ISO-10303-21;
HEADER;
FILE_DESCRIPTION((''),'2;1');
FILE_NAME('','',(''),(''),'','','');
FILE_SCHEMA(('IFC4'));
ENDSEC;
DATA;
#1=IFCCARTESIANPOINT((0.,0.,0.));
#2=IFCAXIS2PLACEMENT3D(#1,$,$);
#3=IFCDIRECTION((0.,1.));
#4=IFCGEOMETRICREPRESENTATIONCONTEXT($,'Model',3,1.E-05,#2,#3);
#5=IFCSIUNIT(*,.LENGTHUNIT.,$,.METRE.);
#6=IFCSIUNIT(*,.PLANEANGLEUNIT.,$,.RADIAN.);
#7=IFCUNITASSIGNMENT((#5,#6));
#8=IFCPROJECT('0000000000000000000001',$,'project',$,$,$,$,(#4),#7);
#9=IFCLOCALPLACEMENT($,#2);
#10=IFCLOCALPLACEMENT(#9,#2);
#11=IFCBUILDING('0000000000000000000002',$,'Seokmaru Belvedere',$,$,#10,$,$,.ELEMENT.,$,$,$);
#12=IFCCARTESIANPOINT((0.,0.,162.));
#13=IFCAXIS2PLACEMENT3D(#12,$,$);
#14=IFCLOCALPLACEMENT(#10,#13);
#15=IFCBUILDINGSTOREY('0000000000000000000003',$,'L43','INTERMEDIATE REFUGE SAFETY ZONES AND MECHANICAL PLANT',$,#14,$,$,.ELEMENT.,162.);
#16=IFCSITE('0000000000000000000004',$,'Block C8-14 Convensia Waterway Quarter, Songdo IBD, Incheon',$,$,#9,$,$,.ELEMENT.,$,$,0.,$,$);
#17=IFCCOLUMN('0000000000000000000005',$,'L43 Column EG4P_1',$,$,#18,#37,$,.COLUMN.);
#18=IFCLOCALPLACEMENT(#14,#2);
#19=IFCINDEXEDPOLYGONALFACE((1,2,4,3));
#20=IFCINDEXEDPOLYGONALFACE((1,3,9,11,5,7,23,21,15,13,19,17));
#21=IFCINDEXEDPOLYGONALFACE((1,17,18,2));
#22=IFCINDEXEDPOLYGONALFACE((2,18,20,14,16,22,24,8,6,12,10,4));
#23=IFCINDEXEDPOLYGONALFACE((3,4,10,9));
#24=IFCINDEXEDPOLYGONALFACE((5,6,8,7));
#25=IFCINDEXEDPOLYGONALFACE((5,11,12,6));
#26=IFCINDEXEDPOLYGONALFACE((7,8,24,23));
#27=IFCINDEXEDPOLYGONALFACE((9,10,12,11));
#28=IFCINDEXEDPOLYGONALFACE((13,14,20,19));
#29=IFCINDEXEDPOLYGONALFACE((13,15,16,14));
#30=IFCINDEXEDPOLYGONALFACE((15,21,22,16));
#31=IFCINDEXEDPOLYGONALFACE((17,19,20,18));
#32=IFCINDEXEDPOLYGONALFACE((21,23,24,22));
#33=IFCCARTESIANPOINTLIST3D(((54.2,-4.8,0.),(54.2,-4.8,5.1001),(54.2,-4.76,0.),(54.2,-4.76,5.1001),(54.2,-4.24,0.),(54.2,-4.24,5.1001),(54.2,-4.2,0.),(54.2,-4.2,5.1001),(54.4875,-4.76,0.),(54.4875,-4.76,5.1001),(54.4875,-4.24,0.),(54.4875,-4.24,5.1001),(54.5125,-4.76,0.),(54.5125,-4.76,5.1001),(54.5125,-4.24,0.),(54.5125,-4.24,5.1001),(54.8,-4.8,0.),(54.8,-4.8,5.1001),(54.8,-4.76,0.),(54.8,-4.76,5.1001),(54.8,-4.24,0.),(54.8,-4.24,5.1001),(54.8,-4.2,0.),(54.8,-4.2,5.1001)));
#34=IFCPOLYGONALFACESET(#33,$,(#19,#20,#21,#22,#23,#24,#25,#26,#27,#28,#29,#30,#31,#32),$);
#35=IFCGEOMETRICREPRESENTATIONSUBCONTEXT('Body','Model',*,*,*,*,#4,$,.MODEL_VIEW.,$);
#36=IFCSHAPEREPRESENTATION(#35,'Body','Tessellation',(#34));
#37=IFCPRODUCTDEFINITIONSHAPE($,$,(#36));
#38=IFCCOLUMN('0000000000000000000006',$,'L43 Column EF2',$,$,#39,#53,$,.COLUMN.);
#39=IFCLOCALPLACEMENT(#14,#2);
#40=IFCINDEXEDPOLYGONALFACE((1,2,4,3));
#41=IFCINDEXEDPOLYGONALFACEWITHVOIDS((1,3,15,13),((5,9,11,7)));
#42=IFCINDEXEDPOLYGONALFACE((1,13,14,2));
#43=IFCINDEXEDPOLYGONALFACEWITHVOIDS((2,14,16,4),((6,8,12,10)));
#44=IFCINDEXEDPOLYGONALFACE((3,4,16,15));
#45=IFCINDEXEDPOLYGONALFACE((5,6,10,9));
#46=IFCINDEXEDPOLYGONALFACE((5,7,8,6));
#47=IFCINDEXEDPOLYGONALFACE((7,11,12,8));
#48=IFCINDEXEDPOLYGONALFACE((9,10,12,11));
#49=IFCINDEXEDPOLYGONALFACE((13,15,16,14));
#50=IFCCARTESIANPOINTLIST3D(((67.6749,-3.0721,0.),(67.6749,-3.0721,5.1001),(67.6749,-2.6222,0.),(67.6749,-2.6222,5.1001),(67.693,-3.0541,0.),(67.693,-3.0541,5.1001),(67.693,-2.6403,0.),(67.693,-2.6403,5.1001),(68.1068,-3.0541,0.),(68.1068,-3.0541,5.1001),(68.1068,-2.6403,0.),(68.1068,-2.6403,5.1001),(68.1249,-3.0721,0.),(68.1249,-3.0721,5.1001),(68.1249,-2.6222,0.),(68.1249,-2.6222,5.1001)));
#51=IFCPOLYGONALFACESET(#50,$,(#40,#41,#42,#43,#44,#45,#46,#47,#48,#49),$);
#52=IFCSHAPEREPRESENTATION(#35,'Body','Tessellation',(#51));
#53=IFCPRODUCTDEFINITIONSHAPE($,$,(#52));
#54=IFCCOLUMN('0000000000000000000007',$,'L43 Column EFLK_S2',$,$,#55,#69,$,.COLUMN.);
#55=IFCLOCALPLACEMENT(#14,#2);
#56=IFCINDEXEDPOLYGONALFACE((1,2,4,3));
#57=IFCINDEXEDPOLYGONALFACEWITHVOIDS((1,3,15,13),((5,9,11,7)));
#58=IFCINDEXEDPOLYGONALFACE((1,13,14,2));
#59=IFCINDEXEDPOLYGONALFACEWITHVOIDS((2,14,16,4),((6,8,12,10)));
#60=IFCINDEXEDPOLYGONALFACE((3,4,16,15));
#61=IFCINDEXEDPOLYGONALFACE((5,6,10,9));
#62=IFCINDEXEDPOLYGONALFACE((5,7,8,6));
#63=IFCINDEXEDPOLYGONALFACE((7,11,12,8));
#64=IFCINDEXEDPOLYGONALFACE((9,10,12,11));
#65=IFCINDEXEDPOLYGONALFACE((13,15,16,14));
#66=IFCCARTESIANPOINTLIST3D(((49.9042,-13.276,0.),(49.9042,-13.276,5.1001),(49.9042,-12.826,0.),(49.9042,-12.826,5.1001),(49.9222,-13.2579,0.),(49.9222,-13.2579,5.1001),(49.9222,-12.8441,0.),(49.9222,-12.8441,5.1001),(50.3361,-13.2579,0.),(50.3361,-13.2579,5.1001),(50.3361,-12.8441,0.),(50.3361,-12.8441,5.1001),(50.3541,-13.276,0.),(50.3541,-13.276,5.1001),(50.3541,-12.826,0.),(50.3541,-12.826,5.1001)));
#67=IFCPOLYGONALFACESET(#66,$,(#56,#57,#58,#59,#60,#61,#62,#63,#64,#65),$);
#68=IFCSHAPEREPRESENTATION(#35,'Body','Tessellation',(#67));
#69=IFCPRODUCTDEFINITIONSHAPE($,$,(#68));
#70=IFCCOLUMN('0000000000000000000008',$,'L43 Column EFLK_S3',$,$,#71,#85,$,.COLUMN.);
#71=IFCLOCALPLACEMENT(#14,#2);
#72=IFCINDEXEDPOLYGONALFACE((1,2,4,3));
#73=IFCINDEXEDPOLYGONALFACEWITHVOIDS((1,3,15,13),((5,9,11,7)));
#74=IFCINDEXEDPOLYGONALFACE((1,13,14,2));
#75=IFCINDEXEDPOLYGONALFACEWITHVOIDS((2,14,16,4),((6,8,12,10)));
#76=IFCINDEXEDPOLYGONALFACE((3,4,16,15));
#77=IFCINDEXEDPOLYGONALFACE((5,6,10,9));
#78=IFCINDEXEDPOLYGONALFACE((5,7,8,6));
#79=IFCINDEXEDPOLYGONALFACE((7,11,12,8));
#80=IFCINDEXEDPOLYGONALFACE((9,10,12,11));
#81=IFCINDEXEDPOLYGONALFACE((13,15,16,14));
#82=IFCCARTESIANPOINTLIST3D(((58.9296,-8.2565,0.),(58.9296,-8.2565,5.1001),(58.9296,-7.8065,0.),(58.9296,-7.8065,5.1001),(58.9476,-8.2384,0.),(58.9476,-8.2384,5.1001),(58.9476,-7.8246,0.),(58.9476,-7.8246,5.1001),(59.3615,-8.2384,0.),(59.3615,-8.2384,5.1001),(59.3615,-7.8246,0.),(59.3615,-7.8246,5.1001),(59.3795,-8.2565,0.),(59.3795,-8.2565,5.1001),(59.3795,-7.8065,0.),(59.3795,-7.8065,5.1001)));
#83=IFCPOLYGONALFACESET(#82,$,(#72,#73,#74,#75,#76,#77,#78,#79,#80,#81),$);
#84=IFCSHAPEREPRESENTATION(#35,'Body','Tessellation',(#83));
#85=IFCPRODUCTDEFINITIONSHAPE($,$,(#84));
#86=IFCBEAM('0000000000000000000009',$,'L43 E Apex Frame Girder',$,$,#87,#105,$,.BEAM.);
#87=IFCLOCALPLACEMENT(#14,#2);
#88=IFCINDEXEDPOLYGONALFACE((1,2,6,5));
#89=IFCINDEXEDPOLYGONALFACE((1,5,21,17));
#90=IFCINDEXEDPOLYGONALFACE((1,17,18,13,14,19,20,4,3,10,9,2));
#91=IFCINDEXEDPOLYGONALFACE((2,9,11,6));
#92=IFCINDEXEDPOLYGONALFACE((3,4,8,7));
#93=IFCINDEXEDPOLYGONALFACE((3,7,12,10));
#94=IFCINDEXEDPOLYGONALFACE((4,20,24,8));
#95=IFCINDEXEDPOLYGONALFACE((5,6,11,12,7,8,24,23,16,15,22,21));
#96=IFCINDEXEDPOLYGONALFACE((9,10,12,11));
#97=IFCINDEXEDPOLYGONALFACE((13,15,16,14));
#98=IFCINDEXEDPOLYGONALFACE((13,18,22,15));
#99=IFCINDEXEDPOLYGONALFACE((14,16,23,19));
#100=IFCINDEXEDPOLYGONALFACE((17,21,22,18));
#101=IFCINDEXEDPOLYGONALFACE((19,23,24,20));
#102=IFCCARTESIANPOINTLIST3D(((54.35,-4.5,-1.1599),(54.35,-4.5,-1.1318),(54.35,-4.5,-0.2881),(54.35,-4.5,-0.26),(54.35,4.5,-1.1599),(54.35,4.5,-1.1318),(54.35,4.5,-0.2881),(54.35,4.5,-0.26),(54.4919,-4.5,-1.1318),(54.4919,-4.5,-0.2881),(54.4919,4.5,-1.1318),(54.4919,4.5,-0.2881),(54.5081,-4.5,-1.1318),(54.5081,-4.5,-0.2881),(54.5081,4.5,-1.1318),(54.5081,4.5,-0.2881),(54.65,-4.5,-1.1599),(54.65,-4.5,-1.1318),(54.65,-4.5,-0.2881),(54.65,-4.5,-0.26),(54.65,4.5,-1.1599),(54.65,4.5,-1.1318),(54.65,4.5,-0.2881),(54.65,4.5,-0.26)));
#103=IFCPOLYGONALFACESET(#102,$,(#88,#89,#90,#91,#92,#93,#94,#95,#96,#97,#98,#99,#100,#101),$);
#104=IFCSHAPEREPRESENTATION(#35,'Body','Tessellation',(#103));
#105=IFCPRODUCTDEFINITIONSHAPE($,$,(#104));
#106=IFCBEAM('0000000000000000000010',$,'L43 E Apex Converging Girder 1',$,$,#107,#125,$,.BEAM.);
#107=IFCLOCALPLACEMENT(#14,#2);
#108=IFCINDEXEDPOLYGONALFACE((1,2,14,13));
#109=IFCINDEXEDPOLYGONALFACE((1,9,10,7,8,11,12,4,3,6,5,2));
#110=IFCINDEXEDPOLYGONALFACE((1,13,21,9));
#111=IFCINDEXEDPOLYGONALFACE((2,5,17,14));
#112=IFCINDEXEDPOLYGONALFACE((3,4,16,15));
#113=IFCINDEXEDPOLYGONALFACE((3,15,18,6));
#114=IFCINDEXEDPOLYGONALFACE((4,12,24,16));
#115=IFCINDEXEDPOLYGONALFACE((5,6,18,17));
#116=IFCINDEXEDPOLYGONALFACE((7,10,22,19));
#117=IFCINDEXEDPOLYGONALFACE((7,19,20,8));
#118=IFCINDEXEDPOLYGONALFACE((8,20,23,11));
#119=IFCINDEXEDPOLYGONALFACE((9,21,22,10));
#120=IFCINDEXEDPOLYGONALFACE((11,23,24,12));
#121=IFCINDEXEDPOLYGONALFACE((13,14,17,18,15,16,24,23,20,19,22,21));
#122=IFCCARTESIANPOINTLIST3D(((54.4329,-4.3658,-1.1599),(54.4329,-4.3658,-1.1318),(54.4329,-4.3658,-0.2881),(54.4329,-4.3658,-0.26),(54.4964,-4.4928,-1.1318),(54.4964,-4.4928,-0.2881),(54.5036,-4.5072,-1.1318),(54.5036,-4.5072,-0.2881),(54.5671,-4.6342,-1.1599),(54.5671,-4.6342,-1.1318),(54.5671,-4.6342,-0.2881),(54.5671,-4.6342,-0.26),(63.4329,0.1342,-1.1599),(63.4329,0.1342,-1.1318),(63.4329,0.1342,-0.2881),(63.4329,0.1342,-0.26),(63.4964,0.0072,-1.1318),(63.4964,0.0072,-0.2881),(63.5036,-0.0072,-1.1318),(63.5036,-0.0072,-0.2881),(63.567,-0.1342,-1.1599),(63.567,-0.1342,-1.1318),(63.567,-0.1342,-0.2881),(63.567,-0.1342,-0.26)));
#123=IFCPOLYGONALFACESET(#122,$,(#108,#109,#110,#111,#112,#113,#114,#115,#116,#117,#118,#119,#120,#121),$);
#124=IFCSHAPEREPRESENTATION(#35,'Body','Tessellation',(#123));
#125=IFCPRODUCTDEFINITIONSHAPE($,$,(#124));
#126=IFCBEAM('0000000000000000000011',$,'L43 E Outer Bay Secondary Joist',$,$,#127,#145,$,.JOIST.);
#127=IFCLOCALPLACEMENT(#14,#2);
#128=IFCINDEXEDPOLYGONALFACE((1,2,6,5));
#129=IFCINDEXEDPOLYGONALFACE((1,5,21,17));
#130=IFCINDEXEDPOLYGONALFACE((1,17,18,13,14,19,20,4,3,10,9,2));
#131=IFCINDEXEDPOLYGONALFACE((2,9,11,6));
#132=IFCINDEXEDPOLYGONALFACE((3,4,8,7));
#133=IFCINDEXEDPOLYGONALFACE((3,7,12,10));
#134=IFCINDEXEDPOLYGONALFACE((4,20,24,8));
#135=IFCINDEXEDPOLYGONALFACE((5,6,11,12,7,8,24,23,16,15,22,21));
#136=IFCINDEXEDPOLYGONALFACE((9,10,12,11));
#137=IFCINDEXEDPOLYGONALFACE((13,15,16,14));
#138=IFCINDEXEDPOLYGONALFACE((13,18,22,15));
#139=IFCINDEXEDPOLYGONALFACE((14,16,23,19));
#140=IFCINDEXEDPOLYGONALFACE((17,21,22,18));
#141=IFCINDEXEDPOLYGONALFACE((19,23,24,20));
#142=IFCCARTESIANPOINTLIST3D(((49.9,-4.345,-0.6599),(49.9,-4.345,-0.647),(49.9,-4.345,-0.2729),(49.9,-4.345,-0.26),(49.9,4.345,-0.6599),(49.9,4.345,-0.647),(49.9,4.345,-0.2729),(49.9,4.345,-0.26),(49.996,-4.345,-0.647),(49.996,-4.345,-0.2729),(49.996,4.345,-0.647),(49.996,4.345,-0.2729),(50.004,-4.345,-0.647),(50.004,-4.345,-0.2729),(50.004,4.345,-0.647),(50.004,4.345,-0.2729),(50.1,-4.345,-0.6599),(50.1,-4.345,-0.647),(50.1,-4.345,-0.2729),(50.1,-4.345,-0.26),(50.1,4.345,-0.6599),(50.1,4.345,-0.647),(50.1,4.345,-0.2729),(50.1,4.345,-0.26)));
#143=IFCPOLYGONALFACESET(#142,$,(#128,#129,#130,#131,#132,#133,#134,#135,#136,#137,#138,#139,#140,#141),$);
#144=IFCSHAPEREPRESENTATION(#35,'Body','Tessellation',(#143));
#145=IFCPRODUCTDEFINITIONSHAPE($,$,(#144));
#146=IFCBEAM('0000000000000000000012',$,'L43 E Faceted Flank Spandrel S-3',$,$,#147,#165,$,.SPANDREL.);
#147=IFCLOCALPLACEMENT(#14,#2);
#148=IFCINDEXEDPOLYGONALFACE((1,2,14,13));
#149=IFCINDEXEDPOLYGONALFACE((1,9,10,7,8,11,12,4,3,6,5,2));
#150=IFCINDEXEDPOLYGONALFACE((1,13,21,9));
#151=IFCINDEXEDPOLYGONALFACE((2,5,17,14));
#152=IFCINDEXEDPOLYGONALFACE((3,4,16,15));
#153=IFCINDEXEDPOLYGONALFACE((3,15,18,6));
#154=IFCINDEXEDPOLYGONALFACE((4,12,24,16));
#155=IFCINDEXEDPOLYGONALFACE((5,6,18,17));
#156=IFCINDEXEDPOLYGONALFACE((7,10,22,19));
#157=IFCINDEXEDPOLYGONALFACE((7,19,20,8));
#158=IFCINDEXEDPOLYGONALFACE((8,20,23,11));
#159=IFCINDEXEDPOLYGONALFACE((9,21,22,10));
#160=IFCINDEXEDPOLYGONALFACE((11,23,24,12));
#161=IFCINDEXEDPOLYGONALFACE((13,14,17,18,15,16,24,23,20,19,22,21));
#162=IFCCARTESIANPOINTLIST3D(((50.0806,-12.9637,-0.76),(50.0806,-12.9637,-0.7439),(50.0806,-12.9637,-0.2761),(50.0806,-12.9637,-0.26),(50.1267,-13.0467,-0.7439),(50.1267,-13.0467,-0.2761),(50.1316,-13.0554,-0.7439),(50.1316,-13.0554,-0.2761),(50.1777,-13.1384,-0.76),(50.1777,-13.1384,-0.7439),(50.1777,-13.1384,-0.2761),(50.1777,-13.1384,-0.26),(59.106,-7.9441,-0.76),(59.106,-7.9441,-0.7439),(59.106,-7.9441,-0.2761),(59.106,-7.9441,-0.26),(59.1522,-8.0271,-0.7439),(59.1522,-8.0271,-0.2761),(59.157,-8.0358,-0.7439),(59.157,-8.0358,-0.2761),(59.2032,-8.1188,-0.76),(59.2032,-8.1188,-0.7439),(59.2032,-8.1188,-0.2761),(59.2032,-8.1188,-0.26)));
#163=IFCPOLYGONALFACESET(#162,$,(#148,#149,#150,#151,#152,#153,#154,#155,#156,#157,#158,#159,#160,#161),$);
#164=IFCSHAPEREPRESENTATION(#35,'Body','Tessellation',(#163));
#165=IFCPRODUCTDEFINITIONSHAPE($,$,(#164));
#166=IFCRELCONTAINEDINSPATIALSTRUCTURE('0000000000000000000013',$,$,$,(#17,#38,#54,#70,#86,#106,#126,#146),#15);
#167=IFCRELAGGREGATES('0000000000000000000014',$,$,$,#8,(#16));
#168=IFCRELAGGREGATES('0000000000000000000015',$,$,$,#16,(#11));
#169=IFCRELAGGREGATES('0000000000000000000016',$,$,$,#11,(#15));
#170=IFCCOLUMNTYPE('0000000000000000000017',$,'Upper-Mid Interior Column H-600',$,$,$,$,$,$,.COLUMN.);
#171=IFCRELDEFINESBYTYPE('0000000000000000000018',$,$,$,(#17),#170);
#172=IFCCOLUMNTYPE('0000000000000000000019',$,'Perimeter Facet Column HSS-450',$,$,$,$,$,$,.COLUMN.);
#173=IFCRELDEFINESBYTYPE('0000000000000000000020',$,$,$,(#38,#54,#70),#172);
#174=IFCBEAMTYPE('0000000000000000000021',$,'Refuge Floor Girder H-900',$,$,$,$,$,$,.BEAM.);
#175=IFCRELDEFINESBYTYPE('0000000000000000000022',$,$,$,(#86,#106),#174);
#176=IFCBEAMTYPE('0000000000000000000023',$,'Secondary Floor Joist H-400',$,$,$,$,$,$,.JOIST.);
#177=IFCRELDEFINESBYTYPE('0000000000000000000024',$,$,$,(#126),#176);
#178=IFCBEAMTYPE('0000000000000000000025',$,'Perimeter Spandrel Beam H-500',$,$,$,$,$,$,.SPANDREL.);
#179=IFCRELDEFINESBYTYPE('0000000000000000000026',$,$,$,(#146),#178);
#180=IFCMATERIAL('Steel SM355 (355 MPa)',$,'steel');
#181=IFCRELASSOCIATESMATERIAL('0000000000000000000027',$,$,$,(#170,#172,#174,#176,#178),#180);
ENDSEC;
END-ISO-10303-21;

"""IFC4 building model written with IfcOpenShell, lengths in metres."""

from ifc_helpers import new_model, si_unit, direction, frame, origin, origin_2d, place, context, subcontext, project, spatial, hollow_rectangle, i_section, extrude, source, transform, mapped, material, material_profile, profile_set, type_object, type_shapes, element, save


model = new_model("IFC4")

# Units and contexts
model_context = context("Model", 3, precision=1e-05, world=origin(), true_north=direction((0.0, 1.0)))
body_context = subcontext(model_context, "Body", "Model", "MODEL_VIEW")
ifc_project = project(units=[si_unit("LENGTHUNIT", "METRE"), si_unit("PLANEANGLEUNIT", "RADIAN")], contexts=[model_context])

# Site, building, storey
site_placement = place(None, origin())
site = spatial("IfcSite", under=ifc_project, at=site_placement, Name="Block C8-14 Convensia Waterway Quarter, Songdo IBD, Incheon", CompositionType="ELEMENT", RefElevation=0.0)
building_placement = place(site_placement, origin())
building = spatial("IfcBuilding", under=site, at=building_placement, Name="Seokmaru Belvedere", CompositionType="ELEMENT")
storey_placement = place(building_placement, frame((0.0, 0.0, 162.0)))
storey = spatial("IfcBuildingStorey", under=building, at=storey_placement, Name="L43", Description="INTERMEDIATE REFUGE SAFETY ZONES AND MECHANICAL PLANT", CompositionType="ELEMENT", Elevation=162.0)

# Columns
ifc_material_1 = material(Name="Steel SM355 (355 MPa)", Category="steel")
ifc_material_profile_1 = material_profile(ifc_material_1, i_section(OverallWidth=0.6001, OverallDepth=0.6001, WebThickness=0.0249, FlangeThickness=0.04, at=origin_2d()), Name="H-600x600x25x40")
ifc_profile_set_1 = profile_set([ifc_material_profile_1], Name="Steel SM355 (355 MPa)")
column_type_1 = type_object("IfcColumnType", Name="Upper-Mid Interior Column H-600", PredefinedType="COLUMN", material=ifc_profile_set_1)
shared_shape_1 = source(origin(), body_context, "Body", "SweptSolid", [
    extrude(i_section(OverallWidth=0.6001, OverallDepth=0.6001, WebThickness=0.0249, FlangeThickness=0.04, at=origin_2d()), origin(), (0.0, 0.0, 1.0), 5.1001),
])
type_shapes(column_type_1, [shared_shape_1])
column_placement = place(storey_placement, frame((54.5, -4.5, 0.0), z_axis=(0.0, 0.0, 1.0), x_axis=(1.0, 0.0, 0.0)))
element("IfcColumn", 1, at=column_placement, inside=storey, type_object=column_type_1, Name="L43 Column EG4P_1", PredefinedType="COLUMN", context=body_context, shape_type="MappedRepresentation", body=[
    mapped(shared_shape_1, transform((0.0, 0.0, 0.0), scale=1.0)),
])
ifc_material_profile_2 = material_profile(ifc_material_1, hollow_rectangle(XDim=0.45, YDim=0.45, WallThickness=0.0181, at=origin_2d()), Name="HSS-450x450x18")
ifc_profile_set_2 = profile_set([ifc_material_profile_2], Name="Steel SM355 (355 MPa)")
column_type_2 = type_object("IfcColumnType", Name="Perimeter Facet Column HSS-450", PredefinedType="COLUMN", material=ifc_profile_set_2)
shared_shape_2 = source(origin(), body_context, "Body", "SweptSolid", [
    extrude(hollow_rectangle(XDim=0.45, YDim=0.45, WallThickness=0.0181, at=origin_2d()), origin(), (0.0, 0.0, 1.0), 5.1001),
])
type_shapes(column_type_2, [shared_shape_2])
for number, where, z_axis, x_axis, name in (
    (2, (67.8999, -2.8472, 0.0), (0.0, 0.0, 1.0), (1.0, 0.0, 0.0), "L43 Column EF2"),
    (3, (50.1292, -13.051, 0.0), (0.0, 0.0, 1.0), (1.0, 0.0, 0.0), "L43 Column EFLK_S2"),
    (4, (59.1545, -8.0315, 0.0), (0.0, 0.0, 1.0), (1.0, 0.0, 0.0), "L43 Column EFLK_S3"),
):
    element("IfcColumn", number, at=place(storey_placement, frame(where, z_axis=z_axis, x_axis=x_axis)), inside=storey, type_object=column_type_2, Name=name, PredefinedType="COLUMN", context=body_context, shape_type="MappedRepresentation", body=[
        mapped(shared_shape_2, transform((0.0, 0.0, 0.0), scale=1.0)),
    ])

# Beams
ifc_material_profile_3 = material_profile(ifc_material_1, i_section(OverallWidth=0.3, OverallDepth=0.8999, WebThickness=0.0161, FlangeThickness=0.0281, at=origin_2d()), Name="H-900x300x16x28")
ifc_profile_set_3 = profile_set([ifc_material_profile_3], Name="Steel SM355 (355 MPa)")
beam_type_1 = type_object("IfcBeamType", Name="Refuge Floor Girder H-900", PredefinedType="BEAM", material=ifc_profile_set_3)
shared_shape_3 = source(origin(), body_context, "Body", "SweptSolid", [
    extrude(i_section(OverallWidth=0.3, OverallDepth=0.8999, WebThickness=0.0161, FlangeThickness=0.0281, at=origin_2d()), origin(), (0.0, 0.0, 1.0), 9.0),
])
beam_1_placement = place(storey_placement, frame((54.5, -4.5, -0.71), z_axis=(0.0, 1.0, 0.0), x_axis=(-1.0, 0.0, 0.0)))
element("IfcBeam", 5, at=beam_1_placement, inside=storey, type_object=beam_type_1, Name="L43 E Apex Frame Girder", PredefinedType="BEAM", context=body_context, shape_type="MappedRepresentation", body=[
    mapped(shared_shape_3, transform((0.0, 0.0, 0.0), scale=1.0)),
])
shared_shape_4 = source(origin(), body_context, "Body", "SweptSolid", [
    extrude(i_section(OverallWidth=0.3, OverallDepth=0.8999, WebThickness=0.0161, FlangeThickness=0.0281, at=origin_2d()), origin(), (0.0, 0.0, 1.0), 10.0623),
])
beam_2_placement = place(storey_placement, frame((54.5, -4.5, -0.71), z_axis=(0.894427, 0.447214, 0.0), x_axis=(-0.447214, 0.894427, 0.0)))
element("IfcBeam", 6, at=beam_2_placement, inside=storey, type_object=beam_type_1, Name="L43 E Apex Converging Girder 1", PredefinedType="BEAM", context=body_context, shape_type="MappedRepresentation", body=[
    mapped(shared_shape_4, transform((0.0, 0.0, 0.0), scale=1.0)),
])
ifc_material_profile_4 = material_profile(ifc_material_1, i_section(OverallWidth=0.2, OverallDepth=0.3999, WebThickness=0.0081, FlangeThickness=0.0129, at=origin_2d()), Name="H-400x200x8x13")
ifc_profile_set_4 = profile_set([ifc_material_profile_4], Name="Steel SM355 (355 MPa)")
beam_type_2 = type_object("IfcBeamType", Name="Secondary Floor Joist H-400", PredefinedType="JOIST", material=ifc_profile_set_4)
shared_shape_5 = source(origin(), body_context, "Body", "SweptSolid", [
    extrude(i_section(OverallWidth=0.2, OverallDepth=0.3999, WebThickness=0.0081, FlangeThickness=0.0129, at=origin_2d()), origin(), (0.0, 0.0, 1.0), 8.6899),
])
type_shapes(beam_type_2, [shared_shape_5])
beam_3_placement = place(storey_placement, frame((50.0, -4.345, -0.46), z_axis=(0.0, 1.0, 0.0), x_axis=(-1.0, 0.0, 0.0)))
element("IfcBeam", 7, at=beam_3_placement, inside=storey, type_object=beam_type_2, Name="L43 E Outer Bay Secondary Joist", PredefinedType="JOIST", context=body_context, shape_type="MappedRepresentation", body=[
    mapped(shared_shape_5, transform((0.0, 0.0, 0.0), scale=1.0)),
])
ifc_material_profile_5 = material_profile(ifc_material_1, i_section(OverallWidth=0.2, OverallDepth=0.5, WebThickness=0.01, FlangeThickness=0.0161, at=origin_2d()), Name="H-500x200x10x16")
ifc_profile_set_5 = profile_set([ifc_material_profile_5], Name="Steel SM355 (355 MPa)")
beam_type_3 = type_object("IfcBeamType", Name="Perimeter Spandrel Beam H-500", PredefinedType="SPANDREL", material=ifc_profile_set_5)
shared_shape_6 = source(origin(), body_context, "Body", "SweptSolid", [
    extrude(i_section(OverallWidth=0.2, OverallDepth=0.5, WebThickness=0.01, FlangeThickness=0.0161, at=origin_2d()), origin(), (0.0, 0.0, 1.0), 10.3274),
])
beam_4_placement = place(storey_placement, frame((50.1292, -13.051, -0.51), z_axis=(0.873934, 0.486044, 0.0), x_axis=(-0.486044, 0.873934, 0.0)))
element("IfcBeam", 8, at=beam_4_placement, inside=storey, type_object=beam_type_3, Name="L43 E Faceted Flank Spandrel S-3", PredefinedType="SPANDREL", context=body_context, shape_type="MappedRepresentation", body=[
    mapped(shared_shape_6, transform((0.0, 0.0, 0.0), scale=1.0)),
])

save(model, "model.ifc")
